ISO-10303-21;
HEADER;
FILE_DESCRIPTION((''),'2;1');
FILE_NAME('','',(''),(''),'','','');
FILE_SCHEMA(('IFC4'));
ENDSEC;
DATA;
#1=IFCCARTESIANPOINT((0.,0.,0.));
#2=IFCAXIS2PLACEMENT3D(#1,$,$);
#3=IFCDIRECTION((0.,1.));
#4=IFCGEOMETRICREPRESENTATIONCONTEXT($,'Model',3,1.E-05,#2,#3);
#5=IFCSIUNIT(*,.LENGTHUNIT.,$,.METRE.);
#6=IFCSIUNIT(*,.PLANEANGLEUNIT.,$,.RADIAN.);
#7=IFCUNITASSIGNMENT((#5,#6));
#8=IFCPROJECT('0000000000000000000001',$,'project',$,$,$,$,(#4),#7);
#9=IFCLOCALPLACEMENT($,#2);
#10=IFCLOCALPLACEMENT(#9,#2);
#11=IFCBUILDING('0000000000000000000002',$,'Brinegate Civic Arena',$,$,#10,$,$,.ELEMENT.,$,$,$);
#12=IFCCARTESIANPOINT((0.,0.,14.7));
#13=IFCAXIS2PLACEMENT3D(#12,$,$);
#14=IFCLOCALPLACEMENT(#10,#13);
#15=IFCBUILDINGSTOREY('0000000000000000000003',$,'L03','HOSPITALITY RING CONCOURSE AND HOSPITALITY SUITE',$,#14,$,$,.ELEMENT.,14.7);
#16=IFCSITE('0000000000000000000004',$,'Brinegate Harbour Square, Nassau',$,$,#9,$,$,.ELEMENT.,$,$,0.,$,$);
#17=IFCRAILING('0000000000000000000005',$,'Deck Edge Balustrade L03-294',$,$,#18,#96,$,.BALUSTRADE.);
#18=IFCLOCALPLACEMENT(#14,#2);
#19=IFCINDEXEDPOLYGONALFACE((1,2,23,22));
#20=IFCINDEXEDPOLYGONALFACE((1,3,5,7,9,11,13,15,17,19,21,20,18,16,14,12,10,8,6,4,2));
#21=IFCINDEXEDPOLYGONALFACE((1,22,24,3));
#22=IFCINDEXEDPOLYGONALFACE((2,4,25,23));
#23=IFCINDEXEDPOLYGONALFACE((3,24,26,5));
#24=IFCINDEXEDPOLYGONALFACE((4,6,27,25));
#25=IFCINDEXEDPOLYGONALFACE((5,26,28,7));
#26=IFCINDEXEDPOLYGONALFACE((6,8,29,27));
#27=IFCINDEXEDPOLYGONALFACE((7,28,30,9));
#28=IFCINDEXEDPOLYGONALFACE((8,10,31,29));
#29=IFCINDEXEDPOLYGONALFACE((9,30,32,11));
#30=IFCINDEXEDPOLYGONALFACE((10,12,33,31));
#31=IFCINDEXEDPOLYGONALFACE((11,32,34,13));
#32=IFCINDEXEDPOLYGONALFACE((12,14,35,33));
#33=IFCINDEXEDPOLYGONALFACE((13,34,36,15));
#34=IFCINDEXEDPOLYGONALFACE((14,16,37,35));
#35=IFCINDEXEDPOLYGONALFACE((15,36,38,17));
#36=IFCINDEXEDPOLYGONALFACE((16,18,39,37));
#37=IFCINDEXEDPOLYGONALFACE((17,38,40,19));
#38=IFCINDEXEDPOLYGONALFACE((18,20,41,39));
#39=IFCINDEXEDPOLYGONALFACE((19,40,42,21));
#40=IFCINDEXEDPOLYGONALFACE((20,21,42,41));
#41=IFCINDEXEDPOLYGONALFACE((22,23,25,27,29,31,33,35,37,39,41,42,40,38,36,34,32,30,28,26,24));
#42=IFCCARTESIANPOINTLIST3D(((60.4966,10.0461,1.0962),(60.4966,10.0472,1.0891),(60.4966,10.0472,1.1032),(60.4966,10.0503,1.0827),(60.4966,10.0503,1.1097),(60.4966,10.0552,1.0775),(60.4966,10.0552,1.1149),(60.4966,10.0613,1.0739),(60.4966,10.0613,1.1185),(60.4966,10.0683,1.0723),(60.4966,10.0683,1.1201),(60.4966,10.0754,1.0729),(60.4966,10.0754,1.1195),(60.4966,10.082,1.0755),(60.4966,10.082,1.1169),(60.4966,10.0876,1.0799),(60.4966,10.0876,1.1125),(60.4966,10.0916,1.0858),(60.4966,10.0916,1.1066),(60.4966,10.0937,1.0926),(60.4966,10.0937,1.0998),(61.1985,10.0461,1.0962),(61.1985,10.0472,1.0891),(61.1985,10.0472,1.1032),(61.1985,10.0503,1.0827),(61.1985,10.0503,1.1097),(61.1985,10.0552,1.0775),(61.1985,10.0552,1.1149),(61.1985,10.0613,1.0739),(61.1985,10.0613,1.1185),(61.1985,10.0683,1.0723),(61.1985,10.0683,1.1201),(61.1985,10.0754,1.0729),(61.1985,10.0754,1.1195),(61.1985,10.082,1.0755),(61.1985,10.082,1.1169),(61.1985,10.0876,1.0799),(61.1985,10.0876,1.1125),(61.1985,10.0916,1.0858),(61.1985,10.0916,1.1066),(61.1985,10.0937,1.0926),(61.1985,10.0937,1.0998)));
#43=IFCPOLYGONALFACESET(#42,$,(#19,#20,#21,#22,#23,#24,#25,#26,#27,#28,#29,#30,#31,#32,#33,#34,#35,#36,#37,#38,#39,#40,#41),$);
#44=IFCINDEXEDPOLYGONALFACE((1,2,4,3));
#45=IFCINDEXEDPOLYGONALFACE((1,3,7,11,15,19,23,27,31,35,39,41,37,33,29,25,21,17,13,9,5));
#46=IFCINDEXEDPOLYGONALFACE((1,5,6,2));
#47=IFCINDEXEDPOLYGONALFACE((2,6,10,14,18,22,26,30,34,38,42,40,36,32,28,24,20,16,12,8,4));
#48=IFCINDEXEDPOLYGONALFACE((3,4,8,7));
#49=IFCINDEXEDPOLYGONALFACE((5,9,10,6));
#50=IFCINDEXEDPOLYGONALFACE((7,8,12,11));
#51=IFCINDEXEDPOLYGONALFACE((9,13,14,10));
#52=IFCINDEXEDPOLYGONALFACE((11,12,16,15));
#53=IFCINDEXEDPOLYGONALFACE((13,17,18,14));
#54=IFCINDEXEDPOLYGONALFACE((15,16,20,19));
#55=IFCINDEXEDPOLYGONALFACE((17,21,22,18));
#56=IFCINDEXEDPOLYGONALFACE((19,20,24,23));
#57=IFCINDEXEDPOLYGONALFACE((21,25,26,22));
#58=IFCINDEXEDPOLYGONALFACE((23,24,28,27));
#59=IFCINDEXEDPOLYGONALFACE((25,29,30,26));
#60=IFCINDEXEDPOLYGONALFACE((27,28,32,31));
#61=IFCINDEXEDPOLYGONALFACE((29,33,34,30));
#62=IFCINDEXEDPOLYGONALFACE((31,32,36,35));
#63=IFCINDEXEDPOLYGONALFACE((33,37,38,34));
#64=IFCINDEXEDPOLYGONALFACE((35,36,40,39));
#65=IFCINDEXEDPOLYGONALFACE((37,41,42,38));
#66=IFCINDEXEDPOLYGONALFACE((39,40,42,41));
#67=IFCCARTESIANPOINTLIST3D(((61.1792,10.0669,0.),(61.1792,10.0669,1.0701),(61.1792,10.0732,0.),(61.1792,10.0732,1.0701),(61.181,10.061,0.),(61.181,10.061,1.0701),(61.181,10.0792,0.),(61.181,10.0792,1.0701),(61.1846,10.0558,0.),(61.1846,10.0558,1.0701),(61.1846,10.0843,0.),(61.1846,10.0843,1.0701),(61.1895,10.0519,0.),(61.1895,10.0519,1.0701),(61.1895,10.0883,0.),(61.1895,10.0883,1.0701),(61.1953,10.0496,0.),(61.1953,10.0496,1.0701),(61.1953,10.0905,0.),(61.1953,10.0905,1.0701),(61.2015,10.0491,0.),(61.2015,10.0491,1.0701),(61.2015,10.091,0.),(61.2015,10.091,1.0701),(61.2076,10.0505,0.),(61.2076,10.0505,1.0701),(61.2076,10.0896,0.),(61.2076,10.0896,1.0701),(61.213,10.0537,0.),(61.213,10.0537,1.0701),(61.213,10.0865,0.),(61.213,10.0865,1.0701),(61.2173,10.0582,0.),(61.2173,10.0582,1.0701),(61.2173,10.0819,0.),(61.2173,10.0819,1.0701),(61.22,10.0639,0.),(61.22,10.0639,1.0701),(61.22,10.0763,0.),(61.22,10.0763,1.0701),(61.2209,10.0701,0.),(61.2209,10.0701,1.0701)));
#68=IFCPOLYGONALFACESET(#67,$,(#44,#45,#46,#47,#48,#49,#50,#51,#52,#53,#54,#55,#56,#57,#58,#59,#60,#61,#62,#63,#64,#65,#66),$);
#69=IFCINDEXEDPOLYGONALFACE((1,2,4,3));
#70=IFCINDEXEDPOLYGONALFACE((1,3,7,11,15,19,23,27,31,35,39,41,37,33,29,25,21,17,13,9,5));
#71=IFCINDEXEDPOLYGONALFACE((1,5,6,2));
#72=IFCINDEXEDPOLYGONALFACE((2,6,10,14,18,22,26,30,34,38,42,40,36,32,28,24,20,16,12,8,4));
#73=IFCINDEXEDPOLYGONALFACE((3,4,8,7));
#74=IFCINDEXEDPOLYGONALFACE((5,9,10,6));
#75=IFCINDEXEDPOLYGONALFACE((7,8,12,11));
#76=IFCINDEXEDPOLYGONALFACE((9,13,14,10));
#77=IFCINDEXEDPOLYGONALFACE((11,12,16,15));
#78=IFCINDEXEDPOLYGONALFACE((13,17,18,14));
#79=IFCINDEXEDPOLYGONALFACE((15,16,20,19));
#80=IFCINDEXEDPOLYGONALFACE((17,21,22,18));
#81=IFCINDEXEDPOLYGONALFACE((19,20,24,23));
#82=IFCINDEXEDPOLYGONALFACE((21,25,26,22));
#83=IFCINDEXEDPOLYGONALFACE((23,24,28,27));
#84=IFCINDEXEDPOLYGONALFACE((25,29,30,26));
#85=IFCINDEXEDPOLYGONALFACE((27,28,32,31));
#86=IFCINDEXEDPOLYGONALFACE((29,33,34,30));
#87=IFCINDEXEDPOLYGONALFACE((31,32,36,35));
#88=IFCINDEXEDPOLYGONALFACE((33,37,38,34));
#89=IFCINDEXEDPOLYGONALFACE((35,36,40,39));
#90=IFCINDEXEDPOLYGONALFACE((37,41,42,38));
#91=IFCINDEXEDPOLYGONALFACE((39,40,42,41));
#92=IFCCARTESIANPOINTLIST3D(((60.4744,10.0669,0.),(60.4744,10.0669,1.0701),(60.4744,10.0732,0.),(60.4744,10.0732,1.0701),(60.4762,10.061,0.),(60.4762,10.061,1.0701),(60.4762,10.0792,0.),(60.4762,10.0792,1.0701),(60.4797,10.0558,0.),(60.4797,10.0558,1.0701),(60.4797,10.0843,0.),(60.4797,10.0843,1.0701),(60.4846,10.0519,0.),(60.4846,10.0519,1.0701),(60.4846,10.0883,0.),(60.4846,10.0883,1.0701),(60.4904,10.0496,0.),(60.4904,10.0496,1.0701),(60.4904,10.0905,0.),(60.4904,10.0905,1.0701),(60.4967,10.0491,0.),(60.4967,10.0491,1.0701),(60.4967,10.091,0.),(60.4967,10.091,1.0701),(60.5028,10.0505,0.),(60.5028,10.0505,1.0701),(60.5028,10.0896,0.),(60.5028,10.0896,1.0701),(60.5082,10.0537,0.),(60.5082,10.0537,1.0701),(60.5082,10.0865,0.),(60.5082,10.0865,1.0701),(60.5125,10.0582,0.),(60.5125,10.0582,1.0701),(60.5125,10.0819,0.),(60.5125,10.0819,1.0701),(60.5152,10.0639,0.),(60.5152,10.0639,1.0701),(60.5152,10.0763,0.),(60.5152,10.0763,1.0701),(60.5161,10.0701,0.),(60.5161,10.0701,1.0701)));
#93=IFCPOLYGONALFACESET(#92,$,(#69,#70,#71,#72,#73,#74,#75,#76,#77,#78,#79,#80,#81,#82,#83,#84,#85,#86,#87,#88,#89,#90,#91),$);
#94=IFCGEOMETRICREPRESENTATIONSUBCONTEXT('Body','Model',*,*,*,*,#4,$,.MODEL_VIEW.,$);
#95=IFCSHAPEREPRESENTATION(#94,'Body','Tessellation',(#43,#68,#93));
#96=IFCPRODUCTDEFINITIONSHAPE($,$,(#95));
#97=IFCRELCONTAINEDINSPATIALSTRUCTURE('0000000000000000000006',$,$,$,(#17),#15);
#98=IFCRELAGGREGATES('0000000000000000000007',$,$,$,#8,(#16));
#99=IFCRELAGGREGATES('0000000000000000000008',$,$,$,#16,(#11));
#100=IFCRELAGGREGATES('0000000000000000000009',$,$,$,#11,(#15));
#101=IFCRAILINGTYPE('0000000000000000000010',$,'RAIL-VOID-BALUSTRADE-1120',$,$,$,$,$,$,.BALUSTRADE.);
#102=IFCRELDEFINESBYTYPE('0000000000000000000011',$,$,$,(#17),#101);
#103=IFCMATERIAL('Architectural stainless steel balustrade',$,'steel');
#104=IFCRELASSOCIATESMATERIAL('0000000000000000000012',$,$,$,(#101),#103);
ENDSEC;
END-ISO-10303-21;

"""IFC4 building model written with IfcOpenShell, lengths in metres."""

from ifc_helpers import new_model, si_unit, direction, frame, origin, origin_2d, place, context, subcontext, project, spatial, circle, extrude, material, type_object, element, save


model = new_model("IFC4")

# Units and contexts
model_context = context("Model", 3, precision=1e-05, world=origin(), true_north=direction((0.0, 1.0)))
body_context = subcontext(model_context, "Body", "Model", "MODEL_VIEW")
ifc_project = project(units=[si_unit("LENGTHUNIT", "METRE"), si_unit("PLANEANGLEUNIT", "RADIAN")], contexts=[model_context])

# Site, building, storey
site_placement = place(None, origin())
site = spatial("IfcSite", under=ifc_project, at=site_placement, Name="Brinegate Harbour Square, Nassau", CompositionType="ELEMENT", RefElevation=0.0)
building_placement = place(site_placement, origin())
building = spatial("IfcBuilding", under=site, at=building_placement, Name="Brinegate Civic Arena", CompositionType="ELEMENT")
storey_placement = place(building_placement, frame((0.0, 0.0, 14.7)))
storey = spatial("IfcBuildingStorey", under=building, at=storey_placement, Name="L03", Description="HOSPITALITY RING CONCOURSE AND HOSPITALITY SUITE", CompositionType="ELEMENT", Elevation=14.7)

# Railing
ifc_material_1 = material(Name="Architectural stainless steel balustrade", Category="steel")
railing_type_1 = type_object("IfcRailingType", Name="RAIL-VOID-BALUSTRADE-1120", PredefinedType="BALUSTRADE", material=ifc_material_1)
railing_1_placement = place(storey_placement, frame((61.2, 10.0701, 0.0)))
element("IfcRailing", 1, at=railing_1_placement, inside=storey, type_object=railing_type_1, Name="Deck Edge Balustrade L03-294", PredefinedType="BALUSTRADE", context=body_context, shape_type="SweptSolid", body=[
    extrude(circle(Radius=0.0239, at=origin_2d()), frame((-0.0015, 0.0, 1.0962), z_axis=(-1.0, 0.0, 0.0), x_axis=(0.0, -1.0, 0.0)), (0.0, 0.0, 1.0), 0.7019),
    extrude(circle(Radius=0.021, at=origin_2d()), origin(), (0.0, 0.0, 1.0), 1.0701),
    extrude(circle(Radius=0.021, at=origin_2d()), frame((-0.7048, 0.0, 0.0)), (0.0, 0.0, 1.0), 1.0701),
])

save(model, "model.ifc")
